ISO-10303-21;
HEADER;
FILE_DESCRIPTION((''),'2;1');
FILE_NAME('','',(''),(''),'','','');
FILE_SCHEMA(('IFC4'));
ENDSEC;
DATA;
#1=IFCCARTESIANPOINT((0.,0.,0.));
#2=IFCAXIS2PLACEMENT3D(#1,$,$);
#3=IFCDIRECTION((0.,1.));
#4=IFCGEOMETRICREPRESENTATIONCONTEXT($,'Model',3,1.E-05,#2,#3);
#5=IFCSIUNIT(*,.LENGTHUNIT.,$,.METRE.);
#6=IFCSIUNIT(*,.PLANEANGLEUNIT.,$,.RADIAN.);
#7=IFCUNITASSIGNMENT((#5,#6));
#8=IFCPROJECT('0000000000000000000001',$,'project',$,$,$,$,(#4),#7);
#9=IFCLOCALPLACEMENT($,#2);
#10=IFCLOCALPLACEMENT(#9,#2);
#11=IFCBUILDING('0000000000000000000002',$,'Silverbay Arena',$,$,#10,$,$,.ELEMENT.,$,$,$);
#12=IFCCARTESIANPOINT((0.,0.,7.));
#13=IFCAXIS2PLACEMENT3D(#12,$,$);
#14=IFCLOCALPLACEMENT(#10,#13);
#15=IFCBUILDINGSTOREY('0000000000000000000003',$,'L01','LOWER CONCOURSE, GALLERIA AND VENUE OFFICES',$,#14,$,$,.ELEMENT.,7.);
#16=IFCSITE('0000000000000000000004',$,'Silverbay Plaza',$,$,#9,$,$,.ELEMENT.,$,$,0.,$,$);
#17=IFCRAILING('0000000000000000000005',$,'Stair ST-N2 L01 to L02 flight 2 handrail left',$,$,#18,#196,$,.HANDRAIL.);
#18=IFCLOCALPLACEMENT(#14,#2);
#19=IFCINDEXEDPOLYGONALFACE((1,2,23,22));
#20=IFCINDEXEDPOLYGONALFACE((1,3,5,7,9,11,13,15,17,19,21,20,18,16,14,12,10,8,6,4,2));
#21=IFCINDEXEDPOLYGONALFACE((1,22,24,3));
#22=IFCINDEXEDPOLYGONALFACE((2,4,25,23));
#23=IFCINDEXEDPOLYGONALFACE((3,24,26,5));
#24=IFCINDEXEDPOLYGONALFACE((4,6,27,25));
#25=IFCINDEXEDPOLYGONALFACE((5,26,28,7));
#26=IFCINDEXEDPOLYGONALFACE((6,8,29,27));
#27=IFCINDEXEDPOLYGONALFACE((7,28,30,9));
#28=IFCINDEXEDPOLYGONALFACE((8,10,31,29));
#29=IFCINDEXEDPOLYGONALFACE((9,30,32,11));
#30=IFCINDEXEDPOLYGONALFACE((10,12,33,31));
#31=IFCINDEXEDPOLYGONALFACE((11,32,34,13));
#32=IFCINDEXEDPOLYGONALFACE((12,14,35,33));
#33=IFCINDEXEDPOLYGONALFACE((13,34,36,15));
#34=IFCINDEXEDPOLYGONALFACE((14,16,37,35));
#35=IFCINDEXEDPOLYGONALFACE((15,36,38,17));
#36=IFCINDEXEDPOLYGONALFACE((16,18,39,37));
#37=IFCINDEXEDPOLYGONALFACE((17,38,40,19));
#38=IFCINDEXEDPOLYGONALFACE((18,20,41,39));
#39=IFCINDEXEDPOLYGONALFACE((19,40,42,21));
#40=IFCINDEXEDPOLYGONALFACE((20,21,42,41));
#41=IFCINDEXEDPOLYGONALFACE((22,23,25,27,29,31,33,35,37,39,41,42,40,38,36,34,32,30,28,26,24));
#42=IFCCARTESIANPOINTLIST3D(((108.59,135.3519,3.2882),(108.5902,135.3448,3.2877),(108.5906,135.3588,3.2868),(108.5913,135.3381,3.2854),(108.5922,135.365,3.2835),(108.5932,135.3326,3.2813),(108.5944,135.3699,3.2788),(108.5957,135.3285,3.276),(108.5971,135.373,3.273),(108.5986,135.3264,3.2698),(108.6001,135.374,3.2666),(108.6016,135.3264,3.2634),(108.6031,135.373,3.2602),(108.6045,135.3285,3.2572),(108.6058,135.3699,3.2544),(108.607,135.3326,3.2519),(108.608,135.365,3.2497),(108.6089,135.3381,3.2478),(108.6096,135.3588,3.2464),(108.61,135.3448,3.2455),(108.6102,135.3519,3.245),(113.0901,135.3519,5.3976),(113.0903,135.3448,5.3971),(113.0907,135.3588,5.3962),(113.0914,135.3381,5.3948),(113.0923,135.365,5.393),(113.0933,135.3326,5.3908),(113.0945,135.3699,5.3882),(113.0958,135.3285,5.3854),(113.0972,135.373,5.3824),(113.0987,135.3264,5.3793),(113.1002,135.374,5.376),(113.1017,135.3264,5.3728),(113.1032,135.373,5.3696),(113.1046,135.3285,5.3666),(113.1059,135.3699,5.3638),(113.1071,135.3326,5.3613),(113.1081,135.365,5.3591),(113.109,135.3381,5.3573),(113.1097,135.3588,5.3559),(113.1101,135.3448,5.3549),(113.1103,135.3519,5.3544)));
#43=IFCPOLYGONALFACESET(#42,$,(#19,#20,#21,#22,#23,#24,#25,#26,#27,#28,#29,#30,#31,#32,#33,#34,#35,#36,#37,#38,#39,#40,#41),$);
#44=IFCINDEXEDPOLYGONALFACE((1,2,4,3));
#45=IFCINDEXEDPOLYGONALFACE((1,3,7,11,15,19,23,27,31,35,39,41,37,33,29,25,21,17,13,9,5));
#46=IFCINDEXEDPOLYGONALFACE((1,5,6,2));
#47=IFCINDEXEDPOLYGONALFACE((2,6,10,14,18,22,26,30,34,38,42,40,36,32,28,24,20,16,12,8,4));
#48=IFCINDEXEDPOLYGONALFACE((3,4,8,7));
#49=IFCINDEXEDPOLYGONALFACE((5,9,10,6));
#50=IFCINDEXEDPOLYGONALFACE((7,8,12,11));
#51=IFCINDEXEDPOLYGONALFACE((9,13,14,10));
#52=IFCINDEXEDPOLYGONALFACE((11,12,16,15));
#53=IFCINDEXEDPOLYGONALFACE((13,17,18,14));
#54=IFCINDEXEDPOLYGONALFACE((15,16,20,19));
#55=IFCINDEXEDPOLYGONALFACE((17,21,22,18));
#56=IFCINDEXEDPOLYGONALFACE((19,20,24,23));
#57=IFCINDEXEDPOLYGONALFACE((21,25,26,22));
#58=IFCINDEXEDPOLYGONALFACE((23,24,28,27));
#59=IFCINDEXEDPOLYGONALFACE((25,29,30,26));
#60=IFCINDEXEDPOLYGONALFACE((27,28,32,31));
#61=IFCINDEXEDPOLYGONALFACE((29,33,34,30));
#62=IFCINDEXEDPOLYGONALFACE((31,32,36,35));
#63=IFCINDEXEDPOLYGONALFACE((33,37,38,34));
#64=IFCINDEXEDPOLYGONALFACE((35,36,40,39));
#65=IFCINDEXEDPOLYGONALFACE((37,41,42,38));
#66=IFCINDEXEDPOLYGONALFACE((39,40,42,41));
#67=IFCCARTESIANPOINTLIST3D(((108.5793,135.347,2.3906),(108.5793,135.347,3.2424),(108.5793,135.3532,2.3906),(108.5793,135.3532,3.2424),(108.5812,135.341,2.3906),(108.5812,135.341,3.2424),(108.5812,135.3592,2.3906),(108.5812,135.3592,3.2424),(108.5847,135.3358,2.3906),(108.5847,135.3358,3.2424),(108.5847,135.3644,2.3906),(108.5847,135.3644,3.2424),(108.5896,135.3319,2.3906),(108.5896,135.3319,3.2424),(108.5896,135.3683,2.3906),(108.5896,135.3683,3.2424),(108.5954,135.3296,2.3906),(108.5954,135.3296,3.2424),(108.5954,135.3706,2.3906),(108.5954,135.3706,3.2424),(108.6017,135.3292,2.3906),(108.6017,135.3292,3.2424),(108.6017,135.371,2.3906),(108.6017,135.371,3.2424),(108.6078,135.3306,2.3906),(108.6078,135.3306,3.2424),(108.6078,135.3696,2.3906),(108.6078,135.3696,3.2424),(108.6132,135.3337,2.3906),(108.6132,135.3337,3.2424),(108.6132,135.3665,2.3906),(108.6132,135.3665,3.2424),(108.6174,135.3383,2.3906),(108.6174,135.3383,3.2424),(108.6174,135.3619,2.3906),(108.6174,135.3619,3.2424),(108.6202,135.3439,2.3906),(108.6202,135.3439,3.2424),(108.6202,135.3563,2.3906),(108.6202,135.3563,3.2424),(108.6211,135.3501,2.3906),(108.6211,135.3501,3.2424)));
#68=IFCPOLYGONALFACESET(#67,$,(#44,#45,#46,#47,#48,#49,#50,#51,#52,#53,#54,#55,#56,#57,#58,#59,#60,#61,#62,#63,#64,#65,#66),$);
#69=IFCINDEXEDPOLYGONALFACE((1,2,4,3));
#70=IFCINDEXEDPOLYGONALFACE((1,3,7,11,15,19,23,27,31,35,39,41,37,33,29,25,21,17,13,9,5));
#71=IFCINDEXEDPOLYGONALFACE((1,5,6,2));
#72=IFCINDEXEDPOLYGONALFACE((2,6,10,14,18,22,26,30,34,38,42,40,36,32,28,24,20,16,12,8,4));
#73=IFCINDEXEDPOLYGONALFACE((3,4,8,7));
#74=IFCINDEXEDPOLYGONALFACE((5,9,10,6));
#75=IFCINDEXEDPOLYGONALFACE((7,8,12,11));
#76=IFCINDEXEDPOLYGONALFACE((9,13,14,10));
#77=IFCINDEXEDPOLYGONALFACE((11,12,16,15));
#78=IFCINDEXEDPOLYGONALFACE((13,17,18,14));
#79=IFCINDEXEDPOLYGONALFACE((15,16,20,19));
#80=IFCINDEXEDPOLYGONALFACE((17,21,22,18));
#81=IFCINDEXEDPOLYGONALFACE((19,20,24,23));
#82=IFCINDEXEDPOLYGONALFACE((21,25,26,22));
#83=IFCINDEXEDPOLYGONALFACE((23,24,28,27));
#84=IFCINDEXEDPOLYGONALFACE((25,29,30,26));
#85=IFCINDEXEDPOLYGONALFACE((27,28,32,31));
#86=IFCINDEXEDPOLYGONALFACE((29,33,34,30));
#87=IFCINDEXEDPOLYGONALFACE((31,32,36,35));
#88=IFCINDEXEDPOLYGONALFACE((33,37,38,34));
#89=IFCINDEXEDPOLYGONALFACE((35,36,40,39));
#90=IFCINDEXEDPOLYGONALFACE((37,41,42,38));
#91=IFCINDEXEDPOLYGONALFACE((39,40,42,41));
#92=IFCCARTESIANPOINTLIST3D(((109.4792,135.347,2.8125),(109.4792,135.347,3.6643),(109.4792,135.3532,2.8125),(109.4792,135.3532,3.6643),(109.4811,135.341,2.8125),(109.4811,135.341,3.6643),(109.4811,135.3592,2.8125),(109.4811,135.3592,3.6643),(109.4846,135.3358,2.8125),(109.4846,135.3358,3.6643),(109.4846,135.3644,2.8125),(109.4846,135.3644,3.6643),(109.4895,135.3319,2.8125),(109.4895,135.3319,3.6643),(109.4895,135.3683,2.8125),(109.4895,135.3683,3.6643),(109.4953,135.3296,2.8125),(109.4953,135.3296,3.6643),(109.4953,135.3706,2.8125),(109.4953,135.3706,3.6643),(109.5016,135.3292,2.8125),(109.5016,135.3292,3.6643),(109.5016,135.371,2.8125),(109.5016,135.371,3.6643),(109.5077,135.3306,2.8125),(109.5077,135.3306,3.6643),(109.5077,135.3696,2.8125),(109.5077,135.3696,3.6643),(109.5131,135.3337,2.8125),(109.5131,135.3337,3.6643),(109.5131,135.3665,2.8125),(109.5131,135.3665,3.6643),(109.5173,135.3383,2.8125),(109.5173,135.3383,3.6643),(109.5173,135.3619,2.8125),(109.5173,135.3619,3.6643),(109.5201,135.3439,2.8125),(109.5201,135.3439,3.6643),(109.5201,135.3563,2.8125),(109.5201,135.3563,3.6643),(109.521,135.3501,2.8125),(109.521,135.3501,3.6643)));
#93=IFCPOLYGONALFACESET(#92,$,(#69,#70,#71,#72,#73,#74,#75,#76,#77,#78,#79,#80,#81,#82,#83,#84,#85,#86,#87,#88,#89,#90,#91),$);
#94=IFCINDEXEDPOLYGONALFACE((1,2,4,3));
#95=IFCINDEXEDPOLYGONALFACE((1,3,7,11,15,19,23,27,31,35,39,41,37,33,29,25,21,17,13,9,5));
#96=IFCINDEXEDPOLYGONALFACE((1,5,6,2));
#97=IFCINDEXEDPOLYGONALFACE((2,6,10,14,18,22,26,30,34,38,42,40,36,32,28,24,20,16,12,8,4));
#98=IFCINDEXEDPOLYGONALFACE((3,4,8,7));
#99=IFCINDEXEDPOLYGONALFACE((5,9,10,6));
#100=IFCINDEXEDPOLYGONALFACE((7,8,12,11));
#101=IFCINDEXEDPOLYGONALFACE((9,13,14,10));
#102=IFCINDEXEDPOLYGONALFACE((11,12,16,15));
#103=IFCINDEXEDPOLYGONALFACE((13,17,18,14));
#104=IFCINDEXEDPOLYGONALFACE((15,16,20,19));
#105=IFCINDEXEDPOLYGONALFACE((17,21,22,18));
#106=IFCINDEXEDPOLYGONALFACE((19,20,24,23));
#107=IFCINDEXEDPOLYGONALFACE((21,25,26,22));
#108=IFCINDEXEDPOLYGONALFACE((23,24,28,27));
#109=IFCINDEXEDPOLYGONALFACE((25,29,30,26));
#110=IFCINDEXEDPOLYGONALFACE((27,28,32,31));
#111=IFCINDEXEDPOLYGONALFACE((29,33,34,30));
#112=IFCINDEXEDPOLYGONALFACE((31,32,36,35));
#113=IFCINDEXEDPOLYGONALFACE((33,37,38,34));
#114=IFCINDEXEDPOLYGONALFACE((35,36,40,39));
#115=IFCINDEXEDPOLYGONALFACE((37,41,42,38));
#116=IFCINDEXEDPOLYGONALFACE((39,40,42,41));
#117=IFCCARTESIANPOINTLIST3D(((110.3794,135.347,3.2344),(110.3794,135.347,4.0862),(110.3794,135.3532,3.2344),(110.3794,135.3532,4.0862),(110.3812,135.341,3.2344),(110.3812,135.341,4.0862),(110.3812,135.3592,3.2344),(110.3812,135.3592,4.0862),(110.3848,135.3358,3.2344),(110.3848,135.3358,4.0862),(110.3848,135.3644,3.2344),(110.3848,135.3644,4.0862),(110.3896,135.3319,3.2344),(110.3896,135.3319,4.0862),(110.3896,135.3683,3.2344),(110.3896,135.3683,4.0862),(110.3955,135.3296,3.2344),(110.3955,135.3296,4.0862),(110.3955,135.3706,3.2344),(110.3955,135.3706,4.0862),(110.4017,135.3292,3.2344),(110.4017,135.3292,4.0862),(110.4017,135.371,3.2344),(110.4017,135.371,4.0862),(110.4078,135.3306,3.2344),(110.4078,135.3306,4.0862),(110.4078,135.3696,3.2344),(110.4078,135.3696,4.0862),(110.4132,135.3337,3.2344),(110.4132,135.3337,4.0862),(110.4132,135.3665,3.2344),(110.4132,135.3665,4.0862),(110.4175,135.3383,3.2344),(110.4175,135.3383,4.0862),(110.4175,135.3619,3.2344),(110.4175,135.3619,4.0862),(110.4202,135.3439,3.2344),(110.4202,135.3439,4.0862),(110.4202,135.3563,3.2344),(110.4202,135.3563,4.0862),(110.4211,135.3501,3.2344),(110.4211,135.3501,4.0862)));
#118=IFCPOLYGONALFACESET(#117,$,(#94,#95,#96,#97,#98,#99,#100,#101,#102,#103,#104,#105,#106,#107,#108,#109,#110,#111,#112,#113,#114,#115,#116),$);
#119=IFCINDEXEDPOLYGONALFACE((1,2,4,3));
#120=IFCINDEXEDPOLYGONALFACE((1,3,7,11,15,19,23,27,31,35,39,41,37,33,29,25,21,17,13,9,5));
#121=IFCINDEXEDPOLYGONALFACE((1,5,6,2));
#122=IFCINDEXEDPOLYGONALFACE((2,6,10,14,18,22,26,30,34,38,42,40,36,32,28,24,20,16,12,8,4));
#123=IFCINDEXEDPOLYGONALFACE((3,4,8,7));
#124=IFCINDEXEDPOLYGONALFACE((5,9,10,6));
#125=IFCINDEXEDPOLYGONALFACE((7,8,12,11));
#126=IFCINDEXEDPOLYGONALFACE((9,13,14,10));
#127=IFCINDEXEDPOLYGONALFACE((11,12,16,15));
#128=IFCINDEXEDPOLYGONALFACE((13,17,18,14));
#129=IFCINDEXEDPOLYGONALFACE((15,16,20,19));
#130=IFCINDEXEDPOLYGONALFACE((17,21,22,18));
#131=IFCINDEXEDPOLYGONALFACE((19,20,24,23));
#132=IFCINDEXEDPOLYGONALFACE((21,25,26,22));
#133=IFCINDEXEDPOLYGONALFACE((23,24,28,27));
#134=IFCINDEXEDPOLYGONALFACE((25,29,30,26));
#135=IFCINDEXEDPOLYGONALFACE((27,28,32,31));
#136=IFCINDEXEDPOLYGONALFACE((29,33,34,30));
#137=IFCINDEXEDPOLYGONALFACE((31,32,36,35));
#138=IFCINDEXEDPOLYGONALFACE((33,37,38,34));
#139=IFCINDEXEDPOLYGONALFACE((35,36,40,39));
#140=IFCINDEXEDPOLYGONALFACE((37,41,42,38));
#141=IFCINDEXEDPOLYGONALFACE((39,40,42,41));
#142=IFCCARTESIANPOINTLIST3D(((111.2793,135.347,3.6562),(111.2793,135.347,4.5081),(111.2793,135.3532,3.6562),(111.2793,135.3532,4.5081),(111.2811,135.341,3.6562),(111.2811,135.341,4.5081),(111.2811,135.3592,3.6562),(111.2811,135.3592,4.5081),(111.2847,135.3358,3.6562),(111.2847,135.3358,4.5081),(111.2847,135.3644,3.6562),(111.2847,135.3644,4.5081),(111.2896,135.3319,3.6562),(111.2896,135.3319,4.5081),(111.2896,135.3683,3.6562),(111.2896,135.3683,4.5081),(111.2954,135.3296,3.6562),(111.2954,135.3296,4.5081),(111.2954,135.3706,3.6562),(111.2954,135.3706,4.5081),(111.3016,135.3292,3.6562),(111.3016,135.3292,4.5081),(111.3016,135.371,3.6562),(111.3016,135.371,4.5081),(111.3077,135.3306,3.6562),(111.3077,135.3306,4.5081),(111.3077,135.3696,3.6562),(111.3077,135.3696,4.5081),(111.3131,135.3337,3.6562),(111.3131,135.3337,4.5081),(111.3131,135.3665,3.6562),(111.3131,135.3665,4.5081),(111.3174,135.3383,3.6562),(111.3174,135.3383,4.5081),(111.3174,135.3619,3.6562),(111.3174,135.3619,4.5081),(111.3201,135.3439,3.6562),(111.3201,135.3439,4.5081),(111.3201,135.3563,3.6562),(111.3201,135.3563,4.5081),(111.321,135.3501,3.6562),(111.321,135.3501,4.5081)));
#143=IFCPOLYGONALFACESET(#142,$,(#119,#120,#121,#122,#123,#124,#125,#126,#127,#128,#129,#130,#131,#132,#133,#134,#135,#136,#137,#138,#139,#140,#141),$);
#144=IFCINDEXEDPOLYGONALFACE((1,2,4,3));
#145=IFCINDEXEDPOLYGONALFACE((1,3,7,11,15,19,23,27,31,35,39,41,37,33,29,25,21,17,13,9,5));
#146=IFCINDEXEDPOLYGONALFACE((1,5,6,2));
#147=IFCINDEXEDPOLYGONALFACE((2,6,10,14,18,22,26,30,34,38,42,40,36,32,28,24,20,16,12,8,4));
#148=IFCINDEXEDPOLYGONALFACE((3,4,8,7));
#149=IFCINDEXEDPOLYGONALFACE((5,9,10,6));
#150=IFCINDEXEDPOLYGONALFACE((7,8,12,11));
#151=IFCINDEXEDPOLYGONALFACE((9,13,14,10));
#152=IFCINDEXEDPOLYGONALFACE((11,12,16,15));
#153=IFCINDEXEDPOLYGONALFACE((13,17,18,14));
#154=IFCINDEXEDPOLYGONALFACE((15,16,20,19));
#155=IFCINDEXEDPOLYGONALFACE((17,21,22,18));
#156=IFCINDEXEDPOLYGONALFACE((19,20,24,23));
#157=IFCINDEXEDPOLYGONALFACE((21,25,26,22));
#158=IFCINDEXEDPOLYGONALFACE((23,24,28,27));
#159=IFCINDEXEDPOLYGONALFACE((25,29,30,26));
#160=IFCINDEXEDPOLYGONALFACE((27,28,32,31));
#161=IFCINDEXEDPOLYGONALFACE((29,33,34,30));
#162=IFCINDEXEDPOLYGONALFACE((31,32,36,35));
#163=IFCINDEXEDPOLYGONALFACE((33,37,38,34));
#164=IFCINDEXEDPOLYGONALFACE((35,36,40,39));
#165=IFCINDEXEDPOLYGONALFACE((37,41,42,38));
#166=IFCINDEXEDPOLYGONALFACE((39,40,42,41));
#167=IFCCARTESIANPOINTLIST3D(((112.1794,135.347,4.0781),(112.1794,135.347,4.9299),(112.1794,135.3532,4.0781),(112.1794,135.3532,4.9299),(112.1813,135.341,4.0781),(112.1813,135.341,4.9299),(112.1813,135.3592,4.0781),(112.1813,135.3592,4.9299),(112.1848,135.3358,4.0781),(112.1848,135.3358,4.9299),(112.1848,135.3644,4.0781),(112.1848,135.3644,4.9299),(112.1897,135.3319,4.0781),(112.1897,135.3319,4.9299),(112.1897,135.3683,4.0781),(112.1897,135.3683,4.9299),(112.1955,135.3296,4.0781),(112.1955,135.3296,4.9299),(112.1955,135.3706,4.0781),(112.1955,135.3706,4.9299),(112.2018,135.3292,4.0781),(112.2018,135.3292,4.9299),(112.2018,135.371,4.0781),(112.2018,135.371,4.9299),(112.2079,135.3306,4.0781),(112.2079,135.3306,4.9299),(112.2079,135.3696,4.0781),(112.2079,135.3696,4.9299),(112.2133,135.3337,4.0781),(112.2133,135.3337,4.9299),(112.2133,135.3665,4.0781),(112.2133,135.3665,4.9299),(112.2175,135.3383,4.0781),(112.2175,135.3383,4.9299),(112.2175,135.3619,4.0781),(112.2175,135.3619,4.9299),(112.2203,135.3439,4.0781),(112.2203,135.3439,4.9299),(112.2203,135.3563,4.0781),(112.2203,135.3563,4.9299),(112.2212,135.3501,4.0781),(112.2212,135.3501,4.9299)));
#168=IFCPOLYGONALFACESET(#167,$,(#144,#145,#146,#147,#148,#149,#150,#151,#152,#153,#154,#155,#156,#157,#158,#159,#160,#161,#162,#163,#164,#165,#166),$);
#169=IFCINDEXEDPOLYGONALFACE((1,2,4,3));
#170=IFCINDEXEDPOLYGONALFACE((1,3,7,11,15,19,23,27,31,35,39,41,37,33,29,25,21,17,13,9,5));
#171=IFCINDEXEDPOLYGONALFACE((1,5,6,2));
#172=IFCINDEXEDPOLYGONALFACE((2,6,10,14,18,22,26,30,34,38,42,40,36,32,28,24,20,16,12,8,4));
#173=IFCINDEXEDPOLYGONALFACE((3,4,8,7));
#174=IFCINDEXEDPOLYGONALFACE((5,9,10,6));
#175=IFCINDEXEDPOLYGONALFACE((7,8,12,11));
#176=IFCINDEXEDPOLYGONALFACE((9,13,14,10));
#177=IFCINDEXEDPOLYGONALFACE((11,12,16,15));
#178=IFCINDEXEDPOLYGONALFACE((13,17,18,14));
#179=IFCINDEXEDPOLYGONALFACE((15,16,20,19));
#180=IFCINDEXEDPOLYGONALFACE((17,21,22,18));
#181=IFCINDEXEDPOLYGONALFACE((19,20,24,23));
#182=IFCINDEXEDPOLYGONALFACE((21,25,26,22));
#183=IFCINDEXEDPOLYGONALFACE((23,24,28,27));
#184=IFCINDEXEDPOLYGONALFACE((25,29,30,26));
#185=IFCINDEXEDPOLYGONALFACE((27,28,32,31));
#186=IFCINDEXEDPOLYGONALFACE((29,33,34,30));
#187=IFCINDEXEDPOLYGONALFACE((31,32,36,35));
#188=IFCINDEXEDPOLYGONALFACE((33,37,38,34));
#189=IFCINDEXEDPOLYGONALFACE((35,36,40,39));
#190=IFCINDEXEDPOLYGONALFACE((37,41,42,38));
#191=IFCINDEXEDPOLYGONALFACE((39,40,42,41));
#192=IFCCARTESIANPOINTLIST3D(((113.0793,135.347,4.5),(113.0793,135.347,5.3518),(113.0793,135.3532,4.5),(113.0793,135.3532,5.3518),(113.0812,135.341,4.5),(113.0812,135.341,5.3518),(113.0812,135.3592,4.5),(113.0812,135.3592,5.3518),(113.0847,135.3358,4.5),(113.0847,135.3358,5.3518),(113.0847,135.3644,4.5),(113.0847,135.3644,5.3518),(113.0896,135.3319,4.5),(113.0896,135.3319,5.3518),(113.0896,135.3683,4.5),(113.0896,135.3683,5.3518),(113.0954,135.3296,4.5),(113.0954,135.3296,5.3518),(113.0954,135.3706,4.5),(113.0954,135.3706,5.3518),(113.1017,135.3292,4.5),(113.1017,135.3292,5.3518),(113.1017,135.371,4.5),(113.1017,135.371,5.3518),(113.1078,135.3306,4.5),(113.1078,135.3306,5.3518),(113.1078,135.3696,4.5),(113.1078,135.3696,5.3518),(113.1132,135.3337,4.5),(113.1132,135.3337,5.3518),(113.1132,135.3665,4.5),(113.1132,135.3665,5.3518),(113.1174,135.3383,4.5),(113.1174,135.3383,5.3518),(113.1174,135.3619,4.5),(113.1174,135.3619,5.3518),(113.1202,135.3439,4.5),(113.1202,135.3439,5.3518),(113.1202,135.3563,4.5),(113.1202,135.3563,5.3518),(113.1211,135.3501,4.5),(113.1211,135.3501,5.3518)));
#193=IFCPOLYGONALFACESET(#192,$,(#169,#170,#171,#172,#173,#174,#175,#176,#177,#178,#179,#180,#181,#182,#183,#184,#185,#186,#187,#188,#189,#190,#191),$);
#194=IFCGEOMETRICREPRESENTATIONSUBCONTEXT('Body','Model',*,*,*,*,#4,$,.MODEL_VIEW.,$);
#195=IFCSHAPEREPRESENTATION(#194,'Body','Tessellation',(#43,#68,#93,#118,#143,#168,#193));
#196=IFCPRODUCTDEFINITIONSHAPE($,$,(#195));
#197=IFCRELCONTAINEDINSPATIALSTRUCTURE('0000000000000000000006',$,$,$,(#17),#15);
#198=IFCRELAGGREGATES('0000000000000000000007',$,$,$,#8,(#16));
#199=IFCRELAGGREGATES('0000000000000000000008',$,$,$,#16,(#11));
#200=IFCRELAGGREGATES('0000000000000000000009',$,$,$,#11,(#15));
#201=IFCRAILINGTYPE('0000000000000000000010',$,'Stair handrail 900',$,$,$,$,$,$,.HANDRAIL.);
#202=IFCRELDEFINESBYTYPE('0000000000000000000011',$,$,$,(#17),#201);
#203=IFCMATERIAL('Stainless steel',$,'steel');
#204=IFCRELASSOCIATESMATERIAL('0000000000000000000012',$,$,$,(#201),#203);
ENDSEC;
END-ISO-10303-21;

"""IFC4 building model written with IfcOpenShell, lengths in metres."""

from ifc_helpers import new_model, si_unit, direction, frame, origin, origin_2d, place, context, subcontext, project, spatial, circle, extrude, material, type_object, element, save


model = new_model("IFC4")

# Units and contexts
model_context = context("Model", 3, precision=1e-05, world=origin(), true_north=direction((0.0, 1.0)))
body_context = subcontext(model_context, "Body", "Model", "MODEL_VIEW")
ifc_project = project(units=[si_unit("LENGTHUNIT", "METRE"), si_unit("PLANEANGLEUNIT", "RADIAN")], contexts=[model_context])

# Site, building, storey
site_placement = place(None, origin())
site = spatial("IfcSite", under=ifc_project, at=site_placement, Name="Silverbay Plaza", CompositionType="ELEMENT", RefElevation=0.0)
building_placement = place(site_placement, origin())
building = spatial("IfcBuilding", under=site, at=building_placement, Name="Silverbay Arena", CompositionType="ELEMENT")
storey_placement = place(building_placement, frame((0.0, 0.0, 7.0)))
storey = spatial("IfcBuildingStorey", under=building, at=storey_placement, Name="L01", Description="LOWER CONCOURSE, GALLERIA AND VENUE OFFICES", CompositionType="ELEMENT", Elevation=7.0)

# Railing
ifc_material_1 = material(Name="Stainless steel", Category="steel")
railing_type_1 = type_object("IfcRailingType", Name="Stair handrail 900", PredefinedType="HANDRAIL", material=ifc_material_1)
for number, where, name in (
    (1, (108.6001, 135.3501, 2.3906), "Stair ST-N2 L01 to L02 flight 2 handrail left"),
):
    element("IfcRailing", number, at=place(storey_placement, frame(where)), inside=storey, type_object=railing_type_1, Name=name, PredefinedType="HANDRAIL", context=body_context, shape_type="SweptSolid", body=[
        extrude(circle(Radius=0.0239, at=origin_2d()), frame((0.0, 0.0, 0.876), z_axis=(0.905459, 0.0, 0.424434), x_axis=(0.0, 1.0, 0.0)), (0.0, 0.0, 1.0), 4.97),
        extrude(circle(Radius=0.021, at=origin_2d()), origin(), (0.0, 0.0, 1.0), 0.8518),
        extrude(circle(Radius=0.021, at=origin_2d()), frame((0.8999, 0.0, 0.4219)), (0.0, 0.0, 1.0), 0.8518),
        extrude(circle(Radius=0.021, at=origin_2d()), frame((1.8, 0.0, 0.8438)), (0.0, 0.0, 1.0), 0.8518),
        extrude(circle(Radius=0.021, at=origin_2d()), frame((2.7, 0.0, 1.2656)), (0.0, 0.0, 1.0), 0.8518),
        extrude(circle(Radius=0.021, at=origin_2d()), frame((3.6001, 0.0, 1.6875)), (0.0, 0.0, 1.0), 0.8518),
        extrude(circle(Radius=0.021, at=origin_2d()), frame((4.5, 0.0, 2.1094)), (0.0, 0.0, 1.0), 0.8518),
    ])

save(model, "model.ifc")
